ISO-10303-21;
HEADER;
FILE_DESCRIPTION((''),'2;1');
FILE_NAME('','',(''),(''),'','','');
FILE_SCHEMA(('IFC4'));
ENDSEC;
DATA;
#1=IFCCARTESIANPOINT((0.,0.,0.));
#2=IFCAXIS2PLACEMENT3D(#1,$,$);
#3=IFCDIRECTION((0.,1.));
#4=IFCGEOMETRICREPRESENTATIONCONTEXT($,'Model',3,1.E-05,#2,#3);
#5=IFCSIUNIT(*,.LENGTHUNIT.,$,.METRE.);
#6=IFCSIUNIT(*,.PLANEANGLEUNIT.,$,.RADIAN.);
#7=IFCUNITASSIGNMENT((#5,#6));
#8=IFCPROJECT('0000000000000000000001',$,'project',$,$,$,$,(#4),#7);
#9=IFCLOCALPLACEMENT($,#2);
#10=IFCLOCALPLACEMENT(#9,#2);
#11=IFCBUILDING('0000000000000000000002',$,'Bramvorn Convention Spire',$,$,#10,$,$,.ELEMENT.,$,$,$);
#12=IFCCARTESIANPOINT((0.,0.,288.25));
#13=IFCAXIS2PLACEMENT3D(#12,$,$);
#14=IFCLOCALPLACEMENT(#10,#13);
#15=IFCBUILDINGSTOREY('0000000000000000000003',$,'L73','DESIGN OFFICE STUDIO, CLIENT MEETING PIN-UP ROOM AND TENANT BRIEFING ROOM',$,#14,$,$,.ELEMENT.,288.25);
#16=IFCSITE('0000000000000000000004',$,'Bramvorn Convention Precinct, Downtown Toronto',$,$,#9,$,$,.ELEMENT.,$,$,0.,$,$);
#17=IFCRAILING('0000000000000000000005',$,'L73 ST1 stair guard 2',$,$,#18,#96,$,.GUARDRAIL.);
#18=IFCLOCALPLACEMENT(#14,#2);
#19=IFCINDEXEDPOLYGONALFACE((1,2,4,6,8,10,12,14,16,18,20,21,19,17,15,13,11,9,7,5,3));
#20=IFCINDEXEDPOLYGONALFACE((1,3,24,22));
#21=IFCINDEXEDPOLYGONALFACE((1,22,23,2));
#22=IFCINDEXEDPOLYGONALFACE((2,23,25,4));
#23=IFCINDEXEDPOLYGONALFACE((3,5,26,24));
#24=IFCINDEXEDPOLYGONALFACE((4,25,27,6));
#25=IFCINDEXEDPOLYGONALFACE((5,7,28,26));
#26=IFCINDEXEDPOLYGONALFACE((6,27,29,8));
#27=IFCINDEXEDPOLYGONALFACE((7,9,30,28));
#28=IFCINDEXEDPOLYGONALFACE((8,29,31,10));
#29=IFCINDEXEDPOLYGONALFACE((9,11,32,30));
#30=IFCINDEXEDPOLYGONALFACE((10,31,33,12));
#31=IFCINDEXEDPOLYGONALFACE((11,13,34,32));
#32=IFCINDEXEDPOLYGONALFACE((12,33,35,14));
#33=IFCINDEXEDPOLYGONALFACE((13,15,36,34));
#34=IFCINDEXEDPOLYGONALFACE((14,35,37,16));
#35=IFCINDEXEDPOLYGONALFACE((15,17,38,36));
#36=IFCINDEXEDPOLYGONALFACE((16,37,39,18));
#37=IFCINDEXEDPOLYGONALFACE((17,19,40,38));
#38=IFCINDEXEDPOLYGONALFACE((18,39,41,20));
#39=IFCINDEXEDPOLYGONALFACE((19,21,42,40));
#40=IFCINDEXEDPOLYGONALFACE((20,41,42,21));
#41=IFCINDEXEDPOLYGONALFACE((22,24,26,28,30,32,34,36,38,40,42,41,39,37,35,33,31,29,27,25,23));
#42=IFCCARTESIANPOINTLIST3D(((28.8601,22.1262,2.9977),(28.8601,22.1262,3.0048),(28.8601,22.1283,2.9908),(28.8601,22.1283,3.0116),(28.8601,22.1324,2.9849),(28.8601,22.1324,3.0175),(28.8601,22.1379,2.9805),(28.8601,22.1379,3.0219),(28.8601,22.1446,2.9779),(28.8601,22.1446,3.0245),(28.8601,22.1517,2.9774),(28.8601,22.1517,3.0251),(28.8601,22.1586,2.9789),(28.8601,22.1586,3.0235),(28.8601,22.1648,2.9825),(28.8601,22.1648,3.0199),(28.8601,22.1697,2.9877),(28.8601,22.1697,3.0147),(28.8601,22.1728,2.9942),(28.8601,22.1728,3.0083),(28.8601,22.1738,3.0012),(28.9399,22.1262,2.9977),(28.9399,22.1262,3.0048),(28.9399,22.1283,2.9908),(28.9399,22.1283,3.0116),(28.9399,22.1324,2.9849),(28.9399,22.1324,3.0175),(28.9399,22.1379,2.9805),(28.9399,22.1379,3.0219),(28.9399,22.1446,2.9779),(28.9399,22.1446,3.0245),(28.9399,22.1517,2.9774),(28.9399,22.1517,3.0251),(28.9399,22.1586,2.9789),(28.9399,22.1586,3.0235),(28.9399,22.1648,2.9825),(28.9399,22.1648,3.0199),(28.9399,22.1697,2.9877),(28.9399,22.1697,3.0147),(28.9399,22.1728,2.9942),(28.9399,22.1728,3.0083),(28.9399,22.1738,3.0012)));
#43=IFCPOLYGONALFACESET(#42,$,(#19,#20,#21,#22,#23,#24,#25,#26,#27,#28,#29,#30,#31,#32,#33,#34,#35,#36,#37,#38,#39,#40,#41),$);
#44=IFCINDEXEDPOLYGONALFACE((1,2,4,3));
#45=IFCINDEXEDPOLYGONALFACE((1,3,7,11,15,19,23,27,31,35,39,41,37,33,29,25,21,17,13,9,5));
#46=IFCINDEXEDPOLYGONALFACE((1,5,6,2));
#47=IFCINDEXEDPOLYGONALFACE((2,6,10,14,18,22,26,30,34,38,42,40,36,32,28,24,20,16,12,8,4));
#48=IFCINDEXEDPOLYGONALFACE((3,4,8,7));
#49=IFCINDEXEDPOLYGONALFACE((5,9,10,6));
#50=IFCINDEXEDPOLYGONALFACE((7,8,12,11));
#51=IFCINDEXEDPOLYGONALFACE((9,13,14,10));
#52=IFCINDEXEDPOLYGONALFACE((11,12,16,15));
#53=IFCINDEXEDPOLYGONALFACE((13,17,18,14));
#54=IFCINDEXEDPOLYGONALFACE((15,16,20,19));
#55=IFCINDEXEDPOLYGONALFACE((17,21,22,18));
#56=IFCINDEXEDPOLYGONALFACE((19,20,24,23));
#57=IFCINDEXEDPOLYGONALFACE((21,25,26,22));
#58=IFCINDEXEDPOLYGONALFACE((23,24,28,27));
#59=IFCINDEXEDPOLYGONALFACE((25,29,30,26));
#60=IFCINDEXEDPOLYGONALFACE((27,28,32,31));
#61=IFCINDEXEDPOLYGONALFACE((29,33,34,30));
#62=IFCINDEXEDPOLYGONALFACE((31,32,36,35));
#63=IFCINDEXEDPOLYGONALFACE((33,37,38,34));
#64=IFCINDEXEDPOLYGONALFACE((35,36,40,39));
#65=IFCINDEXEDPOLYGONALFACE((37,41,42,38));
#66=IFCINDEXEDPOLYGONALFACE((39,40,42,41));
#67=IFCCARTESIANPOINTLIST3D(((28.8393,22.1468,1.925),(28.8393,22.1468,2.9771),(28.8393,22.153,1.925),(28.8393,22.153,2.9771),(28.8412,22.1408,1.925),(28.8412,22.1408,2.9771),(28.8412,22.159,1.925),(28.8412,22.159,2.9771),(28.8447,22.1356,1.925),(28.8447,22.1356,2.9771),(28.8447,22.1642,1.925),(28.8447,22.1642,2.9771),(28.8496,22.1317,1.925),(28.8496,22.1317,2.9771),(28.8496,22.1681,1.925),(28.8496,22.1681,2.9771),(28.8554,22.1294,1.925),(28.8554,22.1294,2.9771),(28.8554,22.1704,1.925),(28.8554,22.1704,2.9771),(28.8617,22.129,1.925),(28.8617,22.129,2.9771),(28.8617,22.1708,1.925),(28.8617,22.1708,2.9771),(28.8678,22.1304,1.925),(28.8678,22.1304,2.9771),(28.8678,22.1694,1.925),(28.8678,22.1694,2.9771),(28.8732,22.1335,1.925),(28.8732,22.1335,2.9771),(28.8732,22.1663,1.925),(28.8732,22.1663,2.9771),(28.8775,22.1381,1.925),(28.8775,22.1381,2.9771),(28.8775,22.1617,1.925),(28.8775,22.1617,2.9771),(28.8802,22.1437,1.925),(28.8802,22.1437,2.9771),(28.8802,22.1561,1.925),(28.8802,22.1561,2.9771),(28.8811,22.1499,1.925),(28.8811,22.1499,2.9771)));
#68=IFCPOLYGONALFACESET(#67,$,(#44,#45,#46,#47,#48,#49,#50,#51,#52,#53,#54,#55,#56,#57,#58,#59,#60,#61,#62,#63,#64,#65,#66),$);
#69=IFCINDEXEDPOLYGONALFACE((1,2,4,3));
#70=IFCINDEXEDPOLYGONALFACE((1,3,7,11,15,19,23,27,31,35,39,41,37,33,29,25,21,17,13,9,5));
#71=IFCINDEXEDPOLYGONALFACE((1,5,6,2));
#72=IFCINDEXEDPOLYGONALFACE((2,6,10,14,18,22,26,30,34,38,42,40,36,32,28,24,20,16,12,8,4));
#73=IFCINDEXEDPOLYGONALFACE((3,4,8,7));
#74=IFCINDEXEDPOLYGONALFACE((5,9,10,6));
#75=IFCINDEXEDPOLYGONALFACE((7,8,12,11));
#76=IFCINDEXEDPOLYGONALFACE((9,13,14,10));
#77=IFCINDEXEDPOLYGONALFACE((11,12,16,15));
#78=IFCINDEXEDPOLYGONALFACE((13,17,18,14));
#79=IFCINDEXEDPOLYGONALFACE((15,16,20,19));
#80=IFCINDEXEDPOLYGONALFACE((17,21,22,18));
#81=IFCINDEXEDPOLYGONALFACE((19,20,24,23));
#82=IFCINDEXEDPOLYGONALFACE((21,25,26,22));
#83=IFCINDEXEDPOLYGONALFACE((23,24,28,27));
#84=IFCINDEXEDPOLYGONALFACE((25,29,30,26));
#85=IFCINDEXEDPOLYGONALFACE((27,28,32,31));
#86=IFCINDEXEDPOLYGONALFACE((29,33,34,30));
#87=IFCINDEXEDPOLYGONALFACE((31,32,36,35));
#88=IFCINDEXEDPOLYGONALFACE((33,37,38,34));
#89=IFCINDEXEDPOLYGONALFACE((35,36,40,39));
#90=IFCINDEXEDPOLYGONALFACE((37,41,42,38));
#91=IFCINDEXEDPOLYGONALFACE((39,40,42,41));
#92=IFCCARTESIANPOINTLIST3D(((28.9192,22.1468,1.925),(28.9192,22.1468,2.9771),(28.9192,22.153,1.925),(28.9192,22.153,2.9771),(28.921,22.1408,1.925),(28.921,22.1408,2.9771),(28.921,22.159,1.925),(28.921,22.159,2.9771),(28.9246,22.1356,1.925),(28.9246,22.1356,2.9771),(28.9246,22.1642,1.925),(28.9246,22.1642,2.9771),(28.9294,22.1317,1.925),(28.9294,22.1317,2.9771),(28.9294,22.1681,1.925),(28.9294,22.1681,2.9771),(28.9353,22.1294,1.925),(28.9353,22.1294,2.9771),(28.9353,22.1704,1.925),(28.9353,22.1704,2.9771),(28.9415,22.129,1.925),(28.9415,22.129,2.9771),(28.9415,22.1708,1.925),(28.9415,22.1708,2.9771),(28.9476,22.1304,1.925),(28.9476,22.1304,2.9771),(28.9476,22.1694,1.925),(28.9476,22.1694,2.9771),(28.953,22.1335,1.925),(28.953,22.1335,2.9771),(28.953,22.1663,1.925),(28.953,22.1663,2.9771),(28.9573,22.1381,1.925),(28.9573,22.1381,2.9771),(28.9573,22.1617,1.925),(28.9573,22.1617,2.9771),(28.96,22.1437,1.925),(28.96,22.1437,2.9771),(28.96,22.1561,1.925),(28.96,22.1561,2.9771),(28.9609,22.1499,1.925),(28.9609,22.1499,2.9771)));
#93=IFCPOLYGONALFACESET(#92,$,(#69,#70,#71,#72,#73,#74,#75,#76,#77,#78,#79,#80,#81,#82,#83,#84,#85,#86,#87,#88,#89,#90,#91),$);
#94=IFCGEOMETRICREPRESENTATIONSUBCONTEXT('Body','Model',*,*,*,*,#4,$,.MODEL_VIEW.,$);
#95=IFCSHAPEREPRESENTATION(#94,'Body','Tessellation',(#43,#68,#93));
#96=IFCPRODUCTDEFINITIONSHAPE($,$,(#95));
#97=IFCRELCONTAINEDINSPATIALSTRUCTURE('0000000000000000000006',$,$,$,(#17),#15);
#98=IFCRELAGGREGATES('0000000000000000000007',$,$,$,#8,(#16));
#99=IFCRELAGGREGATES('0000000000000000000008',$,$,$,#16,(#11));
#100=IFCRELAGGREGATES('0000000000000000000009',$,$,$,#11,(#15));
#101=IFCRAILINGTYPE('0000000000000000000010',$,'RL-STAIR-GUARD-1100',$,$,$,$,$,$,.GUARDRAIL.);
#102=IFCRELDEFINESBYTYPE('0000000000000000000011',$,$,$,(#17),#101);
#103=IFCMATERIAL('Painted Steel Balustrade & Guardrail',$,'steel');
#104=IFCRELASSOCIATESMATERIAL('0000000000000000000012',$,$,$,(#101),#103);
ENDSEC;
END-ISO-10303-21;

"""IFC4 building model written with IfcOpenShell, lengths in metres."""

from ifc_helpers import new_model, si_unit, direction, frame, origin, origin_2d, place, context, subcontext, project, spatial, circle, extrude, material, type_object, element, save


model = new_model("IFC4")

# Units and contexts
model_context = context("Model", 3, precision=1e-05, world=origin(), true_north=direction((0.0, 1.0)))
body_context = subcontext(model_context, "Body", "Model", "MODEL_VIEW")
ifc_project = project(units=[si_unit("LENGTHUNIT", "METRE"), si_unit("PLANEANGLEUNIT", "RADIAN")], contexts=[model_context])

# Site, building, storey
site_placement = place(None, origin())
site = spatial("IfcSite", under=ifc_project, at=site_placement, Name="Bramvorn Convention Precinct, Downtown Toronto", CompositionType="ELEMENT", RefElevation=0.0)
building_placement = place(site_placement, origin())
building = spatial("IfcBuilding", under=site, at=building_placement, Name="Bramvorn Convention Spire", CompositionType="ELEMENT")
storey_placement = place(building_placement, frame((0.0, 0.0, 288.25)))
storey = spatial("IfcBuildingStorey", under=building, at=storey_placement, Name="L73", Description="DESIGN OFFICE STUDIO, CLIENT MEETING PIN-UP ROOM AND TENANT BRIEFING ROOM", CompositionType="ELEMENT", Elevation=288.25)

# Railing
ifc_material_1 = material(Name="Painted Steel Balustrade & Guardrail", Category="steel")
railing_type_1 = type_object("IfcRailingType", Name="RL-STAIR-GUARD-1100", PredefinedType="GUARDRAIL", material=ifc_material_1)
railing_1_placement = place(storey_placement, frame((28.8601, 22.1499, 1.925)))
element("IfcRailing", 1, at=railing_1_placement, inside=storey, type_object=railing_type_1, Name="L73 ST1 stair guard 2", PredefinedType="GUARDRAIL", context=body_context, shape_type="SweptSolid", body=[
    extrude(circle(Radius=0.0239, at=origin_2d()), frame((0.0, 0.0, 1.0762), z_axis=(1.0, 0.0, 0.0), x_axis=(0.0, 1.0, 0.0)), (0.0, 0.0, 1.0), 0.0798),
    extrude(circle(Radius=0.021, at=origin_2d()), origin(), (0.0, 0.0, 1.0), 1.052),
    extrude(circle(Radius=0.021, at=origin_2d()), frame((0.0798, 0.0, 0.0)), (0.0, 0.0, 1.0), 1.052),
])

save(model, "model.ifc")
